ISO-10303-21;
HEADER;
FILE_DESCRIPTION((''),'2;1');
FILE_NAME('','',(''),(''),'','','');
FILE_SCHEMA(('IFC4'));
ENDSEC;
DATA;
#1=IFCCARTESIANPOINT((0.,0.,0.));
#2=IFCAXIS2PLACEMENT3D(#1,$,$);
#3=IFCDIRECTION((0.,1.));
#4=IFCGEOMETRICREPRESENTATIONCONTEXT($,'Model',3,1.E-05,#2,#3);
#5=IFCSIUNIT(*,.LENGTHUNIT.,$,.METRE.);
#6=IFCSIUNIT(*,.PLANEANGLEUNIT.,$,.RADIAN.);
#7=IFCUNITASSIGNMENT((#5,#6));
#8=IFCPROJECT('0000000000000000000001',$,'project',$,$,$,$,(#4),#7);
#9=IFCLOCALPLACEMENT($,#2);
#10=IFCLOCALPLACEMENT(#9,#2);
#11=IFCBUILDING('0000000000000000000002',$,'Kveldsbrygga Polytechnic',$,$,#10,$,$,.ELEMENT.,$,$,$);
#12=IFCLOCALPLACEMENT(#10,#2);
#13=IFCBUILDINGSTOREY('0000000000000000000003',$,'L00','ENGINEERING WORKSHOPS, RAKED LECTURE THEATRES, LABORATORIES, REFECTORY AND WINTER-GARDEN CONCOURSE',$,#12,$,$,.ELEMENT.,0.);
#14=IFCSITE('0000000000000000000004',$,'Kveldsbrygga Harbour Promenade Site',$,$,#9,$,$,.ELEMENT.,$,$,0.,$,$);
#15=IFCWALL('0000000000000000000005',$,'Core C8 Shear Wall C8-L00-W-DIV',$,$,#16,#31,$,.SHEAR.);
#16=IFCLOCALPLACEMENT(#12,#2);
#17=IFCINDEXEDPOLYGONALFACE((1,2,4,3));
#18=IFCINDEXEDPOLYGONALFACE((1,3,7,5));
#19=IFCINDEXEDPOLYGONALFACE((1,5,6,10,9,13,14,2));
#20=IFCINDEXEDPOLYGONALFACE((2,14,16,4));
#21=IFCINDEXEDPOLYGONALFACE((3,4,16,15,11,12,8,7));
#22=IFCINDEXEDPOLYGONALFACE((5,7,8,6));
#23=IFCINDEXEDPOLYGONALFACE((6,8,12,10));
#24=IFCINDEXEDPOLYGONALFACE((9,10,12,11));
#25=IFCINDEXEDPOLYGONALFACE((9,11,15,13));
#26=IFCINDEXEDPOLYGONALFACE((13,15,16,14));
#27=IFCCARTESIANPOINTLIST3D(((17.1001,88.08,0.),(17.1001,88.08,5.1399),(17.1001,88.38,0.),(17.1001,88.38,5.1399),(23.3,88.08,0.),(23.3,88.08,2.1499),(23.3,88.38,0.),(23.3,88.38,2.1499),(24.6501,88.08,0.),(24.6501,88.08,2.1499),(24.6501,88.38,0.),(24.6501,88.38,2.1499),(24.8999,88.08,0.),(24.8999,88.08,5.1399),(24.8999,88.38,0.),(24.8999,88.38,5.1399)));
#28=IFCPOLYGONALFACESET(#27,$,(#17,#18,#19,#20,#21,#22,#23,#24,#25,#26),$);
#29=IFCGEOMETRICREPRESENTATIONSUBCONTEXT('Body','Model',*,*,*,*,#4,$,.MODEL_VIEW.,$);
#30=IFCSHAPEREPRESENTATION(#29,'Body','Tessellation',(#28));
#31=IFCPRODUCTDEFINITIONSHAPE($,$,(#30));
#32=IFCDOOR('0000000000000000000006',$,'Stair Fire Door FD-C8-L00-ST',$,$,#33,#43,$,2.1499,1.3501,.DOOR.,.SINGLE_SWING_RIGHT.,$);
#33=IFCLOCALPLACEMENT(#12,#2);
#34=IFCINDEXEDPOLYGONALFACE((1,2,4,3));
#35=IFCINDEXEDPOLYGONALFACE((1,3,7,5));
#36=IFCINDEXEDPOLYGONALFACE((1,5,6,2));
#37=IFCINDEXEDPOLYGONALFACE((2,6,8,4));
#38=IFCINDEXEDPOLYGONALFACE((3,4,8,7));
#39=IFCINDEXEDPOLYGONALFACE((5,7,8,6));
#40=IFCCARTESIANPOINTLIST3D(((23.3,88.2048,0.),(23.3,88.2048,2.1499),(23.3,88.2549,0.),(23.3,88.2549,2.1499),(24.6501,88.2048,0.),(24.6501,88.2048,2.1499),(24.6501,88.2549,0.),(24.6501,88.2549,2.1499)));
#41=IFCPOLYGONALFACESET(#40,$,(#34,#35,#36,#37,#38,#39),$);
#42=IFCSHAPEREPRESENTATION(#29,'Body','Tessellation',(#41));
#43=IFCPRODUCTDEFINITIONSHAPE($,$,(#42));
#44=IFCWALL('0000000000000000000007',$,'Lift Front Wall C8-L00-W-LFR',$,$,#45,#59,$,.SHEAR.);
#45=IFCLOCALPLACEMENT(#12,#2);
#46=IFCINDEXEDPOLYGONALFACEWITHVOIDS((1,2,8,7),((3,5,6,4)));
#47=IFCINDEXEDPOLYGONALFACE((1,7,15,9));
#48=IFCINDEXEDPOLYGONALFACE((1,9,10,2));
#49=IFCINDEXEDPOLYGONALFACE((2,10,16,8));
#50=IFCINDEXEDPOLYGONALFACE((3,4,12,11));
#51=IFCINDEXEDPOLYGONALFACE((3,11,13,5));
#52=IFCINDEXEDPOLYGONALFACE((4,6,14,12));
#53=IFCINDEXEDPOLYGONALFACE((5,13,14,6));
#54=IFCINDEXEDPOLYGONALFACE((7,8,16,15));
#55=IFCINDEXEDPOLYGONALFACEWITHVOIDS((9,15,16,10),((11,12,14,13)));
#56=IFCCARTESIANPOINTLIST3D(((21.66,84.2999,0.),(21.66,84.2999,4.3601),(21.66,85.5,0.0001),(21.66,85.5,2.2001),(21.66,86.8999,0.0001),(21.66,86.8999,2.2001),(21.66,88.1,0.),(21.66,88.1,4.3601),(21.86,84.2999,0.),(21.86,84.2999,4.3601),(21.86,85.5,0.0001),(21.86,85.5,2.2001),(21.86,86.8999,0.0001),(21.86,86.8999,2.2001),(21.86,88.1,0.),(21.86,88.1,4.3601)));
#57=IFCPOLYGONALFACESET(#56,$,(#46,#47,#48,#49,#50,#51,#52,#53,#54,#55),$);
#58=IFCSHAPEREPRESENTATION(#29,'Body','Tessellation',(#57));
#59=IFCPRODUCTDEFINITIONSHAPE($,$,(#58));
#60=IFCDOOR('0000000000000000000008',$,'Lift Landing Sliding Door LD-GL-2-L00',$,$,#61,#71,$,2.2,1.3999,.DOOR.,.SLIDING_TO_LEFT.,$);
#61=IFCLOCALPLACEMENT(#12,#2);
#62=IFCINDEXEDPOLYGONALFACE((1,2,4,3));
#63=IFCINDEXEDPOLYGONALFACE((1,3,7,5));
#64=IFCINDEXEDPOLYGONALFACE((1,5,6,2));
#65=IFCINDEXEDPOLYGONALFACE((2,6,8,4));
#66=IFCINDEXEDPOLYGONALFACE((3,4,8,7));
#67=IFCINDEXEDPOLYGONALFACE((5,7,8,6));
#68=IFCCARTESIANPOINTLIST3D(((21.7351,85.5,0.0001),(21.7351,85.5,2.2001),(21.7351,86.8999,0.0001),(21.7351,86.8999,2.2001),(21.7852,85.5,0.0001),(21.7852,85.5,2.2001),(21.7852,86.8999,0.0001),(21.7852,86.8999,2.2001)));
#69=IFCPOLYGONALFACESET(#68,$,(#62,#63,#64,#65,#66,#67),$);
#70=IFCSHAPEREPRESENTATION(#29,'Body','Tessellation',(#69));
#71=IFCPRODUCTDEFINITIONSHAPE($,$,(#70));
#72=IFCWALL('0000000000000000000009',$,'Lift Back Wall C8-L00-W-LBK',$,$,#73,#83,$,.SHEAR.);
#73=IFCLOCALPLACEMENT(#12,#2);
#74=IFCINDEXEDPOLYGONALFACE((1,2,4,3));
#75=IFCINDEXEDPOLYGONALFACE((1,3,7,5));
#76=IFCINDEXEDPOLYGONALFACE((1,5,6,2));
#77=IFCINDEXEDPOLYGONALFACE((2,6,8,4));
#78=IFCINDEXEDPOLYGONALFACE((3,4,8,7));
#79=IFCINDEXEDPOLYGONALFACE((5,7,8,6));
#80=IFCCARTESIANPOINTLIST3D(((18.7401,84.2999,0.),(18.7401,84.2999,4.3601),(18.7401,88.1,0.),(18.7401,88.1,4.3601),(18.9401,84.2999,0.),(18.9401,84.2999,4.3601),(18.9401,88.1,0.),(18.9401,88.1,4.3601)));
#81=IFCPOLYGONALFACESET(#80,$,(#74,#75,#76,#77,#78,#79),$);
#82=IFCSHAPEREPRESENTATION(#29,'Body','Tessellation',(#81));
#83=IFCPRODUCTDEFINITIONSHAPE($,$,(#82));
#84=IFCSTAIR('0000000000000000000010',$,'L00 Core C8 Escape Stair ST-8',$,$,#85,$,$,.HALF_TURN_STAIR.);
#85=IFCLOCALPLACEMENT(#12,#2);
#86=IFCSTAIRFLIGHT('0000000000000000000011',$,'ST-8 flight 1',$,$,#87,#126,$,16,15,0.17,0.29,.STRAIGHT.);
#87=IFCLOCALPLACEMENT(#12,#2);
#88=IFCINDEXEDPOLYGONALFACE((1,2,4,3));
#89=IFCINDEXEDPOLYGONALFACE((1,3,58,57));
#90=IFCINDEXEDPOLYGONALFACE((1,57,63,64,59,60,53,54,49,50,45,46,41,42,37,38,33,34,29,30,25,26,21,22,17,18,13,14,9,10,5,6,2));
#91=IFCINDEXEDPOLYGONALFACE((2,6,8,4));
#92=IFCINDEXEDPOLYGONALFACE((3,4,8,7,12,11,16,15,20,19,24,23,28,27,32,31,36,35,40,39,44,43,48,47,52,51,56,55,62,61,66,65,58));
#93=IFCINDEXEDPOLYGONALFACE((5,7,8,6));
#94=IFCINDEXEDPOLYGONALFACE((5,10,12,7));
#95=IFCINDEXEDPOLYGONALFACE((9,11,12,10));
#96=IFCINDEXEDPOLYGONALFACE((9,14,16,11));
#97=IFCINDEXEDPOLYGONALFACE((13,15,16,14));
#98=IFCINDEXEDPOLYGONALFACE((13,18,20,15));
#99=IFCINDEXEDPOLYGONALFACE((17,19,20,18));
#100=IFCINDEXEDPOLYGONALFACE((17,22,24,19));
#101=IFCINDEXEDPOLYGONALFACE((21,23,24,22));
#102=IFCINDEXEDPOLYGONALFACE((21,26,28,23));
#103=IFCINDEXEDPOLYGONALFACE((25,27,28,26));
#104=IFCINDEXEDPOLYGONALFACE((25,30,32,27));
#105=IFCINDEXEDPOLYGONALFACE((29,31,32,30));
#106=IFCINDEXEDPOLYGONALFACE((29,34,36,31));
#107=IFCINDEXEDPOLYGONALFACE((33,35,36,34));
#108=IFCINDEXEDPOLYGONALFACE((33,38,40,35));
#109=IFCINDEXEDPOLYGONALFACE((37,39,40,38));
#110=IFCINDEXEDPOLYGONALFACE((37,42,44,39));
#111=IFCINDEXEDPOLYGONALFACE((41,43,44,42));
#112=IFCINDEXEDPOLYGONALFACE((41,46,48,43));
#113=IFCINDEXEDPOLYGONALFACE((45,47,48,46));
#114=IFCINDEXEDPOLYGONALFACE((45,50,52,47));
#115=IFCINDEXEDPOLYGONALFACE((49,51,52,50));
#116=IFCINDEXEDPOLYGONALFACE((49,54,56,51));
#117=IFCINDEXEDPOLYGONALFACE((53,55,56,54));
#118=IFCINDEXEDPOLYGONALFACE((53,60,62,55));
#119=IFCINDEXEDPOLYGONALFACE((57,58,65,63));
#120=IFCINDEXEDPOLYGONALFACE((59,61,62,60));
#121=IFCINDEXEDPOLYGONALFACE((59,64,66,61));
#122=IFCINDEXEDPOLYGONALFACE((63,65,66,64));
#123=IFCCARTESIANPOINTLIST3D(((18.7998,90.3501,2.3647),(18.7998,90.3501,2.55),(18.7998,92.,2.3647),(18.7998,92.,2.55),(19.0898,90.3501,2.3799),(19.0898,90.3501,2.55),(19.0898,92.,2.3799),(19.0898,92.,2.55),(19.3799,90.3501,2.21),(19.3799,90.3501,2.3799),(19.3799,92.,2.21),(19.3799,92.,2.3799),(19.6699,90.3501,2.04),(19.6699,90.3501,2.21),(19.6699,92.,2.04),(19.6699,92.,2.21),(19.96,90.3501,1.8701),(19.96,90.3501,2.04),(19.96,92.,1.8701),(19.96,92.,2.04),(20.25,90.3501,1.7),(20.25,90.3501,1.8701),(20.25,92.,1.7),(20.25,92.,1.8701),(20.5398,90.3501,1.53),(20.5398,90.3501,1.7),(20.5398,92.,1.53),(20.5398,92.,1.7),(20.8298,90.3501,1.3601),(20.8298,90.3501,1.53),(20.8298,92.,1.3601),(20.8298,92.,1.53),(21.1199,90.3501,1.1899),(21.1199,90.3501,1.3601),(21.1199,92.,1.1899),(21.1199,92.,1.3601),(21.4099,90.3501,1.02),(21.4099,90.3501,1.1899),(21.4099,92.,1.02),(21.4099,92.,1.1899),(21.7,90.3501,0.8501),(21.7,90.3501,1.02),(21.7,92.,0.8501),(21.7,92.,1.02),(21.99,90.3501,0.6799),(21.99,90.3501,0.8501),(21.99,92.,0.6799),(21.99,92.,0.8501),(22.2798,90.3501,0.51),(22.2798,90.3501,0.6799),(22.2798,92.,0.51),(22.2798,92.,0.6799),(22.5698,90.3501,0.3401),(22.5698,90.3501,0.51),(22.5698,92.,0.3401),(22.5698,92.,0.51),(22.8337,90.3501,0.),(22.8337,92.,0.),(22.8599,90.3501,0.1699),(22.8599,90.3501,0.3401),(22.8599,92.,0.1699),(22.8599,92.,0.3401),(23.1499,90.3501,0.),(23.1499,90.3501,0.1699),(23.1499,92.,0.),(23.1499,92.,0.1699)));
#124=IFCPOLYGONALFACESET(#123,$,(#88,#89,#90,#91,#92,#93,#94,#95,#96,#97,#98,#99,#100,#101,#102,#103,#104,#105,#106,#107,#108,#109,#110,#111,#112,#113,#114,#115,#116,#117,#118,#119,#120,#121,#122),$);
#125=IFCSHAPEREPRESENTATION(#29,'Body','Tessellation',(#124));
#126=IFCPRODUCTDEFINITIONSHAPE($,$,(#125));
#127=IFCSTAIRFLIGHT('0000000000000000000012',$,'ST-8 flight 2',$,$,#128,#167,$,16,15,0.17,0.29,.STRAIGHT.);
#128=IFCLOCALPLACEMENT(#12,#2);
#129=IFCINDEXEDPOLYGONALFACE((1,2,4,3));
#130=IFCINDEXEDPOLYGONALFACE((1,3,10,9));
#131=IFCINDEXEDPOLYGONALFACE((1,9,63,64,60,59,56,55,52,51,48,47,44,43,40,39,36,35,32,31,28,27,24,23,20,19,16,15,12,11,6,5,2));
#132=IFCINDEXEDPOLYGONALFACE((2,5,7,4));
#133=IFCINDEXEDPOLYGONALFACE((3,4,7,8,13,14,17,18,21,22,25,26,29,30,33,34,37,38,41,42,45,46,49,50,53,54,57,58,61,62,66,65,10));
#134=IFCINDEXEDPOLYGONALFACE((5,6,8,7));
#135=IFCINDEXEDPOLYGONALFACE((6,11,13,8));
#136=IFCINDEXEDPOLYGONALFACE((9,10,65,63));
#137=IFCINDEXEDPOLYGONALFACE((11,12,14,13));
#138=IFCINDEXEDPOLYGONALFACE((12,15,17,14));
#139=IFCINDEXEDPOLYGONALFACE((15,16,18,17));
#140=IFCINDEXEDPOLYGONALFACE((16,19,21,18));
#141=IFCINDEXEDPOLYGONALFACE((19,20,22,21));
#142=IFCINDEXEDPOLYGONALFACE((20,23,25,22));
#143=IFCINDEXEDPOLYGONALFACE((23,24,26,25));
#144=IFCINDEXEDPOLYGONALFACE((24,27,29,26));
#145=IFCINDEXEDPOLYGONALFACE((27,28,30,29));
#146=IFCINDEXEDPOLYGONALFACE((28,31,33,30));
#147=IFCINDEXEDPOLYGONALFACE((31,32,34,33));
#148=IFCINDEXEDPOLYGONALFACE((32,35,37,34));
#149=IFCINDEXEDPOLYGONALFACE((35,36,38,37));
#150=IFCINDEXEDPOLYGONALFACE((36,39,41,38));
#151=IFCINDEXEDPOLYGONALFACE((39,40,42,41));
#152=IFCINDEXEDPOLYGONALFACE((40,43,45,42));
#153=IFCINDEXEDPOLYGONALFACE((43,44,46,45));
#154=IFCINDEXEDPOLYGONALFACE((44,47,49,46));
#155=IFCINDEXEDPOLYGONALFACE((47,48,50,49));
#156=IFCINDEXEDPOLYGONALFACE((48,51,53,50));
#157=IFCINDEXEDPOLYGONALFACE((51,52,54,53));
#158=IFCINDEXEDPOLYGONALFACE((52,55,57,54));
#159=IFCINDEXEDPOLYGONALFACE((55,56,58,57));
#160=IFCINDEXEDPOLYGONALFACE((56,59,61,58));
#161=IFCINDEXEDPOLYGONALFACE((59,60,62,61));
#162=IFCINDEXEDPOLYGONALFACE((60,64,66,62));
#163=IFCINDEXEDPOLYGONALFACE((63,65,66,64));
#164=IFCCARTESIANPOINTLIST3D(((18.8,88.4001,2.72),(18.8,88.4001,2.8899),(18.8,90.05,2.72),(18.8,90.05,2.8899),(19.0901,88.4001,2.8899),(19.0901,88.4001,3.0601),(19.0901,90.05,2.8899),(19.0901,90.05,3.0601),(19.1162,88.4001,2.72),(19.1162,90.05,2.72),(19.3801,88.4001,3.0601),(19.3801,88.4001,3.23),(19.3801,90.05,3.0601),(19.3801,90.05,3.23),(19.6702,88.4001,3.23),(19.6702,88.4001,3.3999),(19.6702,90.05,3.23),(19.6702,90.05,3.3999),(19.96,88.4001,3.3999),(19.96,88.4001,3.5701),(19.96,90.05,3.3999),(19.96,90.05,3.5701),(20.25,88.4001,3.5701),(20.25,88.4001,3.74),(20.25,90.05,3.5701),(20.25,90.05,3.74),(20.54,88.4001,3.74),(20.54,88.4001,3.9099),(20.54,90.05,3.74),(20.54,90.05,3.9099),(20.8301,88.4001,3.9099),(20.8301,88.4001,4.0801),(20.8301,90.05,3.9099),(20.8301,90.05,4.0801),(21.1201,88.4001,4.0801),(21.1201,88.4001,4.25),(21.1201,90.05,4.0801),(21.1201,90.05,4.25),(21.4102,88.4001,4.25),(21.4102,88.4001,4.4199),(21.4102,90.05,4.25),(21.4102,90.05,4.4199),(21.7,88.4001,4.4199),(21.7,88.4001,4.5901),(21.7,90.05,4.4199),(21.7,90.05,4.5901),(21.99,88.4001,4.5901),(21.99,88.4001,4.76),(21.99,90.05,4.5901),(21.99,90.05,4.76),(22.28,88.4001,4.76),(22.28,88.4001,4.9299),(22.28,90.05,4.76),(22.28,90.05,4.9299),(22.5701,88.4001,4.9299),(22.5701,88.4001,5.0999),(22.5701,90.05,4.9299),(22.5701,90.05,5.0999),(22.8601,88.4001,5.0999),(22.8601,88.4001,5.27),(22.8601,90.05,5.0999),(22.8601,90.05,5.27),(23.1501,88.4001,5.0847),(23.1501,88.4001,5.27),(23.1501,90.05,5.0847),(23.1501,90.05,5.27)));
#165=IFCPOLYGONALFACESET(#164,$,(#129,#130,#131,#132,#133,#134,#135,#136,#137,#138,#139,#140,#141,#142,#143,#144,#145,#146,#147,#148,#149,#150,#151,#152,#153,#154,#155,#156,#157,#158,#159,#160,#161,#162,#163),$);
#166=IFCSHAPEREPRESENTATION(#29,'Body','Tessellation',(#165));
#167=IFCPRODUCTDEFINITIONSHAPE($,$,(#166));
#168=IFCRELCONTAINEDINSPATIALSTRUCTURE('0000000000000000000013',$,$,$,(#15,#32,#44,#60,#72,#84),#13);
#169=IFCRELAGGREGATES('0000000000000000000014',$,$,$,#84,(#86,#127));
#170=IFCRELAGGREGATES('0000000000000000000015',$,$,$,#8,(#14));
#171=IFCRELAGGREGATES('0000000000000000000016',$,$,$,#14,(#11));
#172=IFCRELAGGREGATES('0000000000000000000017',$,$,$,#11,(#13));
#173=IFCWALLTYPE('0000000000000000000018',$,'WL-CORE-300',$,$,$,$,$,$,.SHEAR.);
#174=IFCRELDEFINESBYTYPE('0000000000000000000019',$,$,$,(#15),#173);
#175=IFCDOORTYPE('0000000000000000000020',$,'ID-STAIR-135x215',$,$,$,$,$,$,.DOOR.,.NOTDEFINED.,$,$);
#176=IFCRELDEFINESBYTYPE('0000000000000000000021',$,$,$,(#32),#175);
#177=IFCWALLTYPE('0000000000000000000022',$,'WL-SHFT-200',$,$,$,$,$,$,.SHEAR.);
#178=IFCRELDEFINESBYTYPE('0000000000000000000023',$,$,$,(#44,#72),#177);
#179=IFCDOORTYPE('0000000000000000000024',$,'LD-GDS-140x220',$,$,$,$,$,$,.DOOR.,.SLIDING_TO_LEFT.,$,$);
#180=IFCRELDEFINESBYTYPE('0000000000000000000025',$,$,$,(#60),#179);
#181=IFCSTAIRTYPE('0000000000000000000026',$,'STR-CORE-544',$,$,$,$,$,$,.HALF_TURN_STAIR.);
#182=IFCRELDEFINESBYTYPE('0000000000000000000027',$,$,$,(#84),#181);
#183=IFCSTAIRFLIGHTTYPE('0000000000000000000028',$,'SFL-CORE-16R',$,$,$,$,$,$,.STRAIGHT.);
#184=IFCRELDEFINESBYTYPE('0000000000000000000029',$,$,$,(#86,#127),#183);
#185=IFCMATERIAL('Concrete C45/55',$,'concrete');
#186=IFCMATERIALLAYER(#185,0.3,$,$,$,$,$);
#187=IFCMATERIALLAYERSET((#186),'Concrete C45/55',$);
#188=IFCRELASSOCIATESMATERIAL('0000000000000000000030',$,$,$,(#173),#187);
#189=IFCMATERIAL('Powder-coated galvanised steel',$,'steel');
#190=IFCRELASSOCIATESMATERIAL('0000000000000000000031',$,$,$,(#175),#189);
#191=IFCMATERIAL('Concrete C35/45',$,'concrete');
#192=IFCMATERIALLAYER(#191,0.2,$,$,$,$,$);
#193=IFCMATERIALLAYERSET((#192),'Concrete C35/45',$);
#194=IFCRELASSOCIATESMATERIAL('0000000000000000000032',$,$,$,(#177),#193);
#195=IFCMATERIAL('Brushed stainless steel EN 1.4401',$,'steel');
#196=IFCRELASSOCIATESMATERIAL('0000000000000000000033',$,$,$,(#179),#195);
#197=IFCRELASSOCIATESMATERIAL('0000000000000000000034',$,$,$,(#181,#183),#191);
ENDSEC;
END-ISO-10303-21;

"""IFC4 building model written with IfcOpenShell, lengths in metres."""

from ifc_helpers import new_model, si_unit, direction, frame, frame_2d, origin, place, context, subcontext, project, spatial, polyline, rectangle, outline, extrude, material, layer, layer_set, type_object, element, fill, aggregate, save


model = new_model("IFC4")

# Units and contexts
model_context = context("Model", 3, precision=1e-05, world=origin(), true_north=direction((0.0, 1.0)))
body_context = subcontext(model_context, "Body", "Model", "MODEL_VIEW")
ifc_project = project(units=[si_unit("LENGTHUNIT", "METRE"), si_unit("PLANEANGLEUNIT", "RADIAN")], contexts=[model_context])

# Site, building, storey
site_placement = place(None, origin())
site = spatial("IfcSite", under=ifc_project, at=site_placement, Name="Kveldsbrygga Harbour Promenade Site", CompositionType="ELEMENT", RefElevation=0.0)
building_placement = place(site_placement, origin())
building = spatial("IfcBuilding", under=site, at=building_placement, Name="Kveldsbrygga Polytechnic", CompositionType="ELEMENT")
storey_placement = place(building_placement, origin())
storey = spatial("IfcBuildingStorey", under=building, at=storey_placement, Name="L00", Description="ENGINEERING WORKSHOPS, RAKED LECTURE THEATRES, LABORATORIES, REFECTORY AND WINTER-GARDEN CONCOURSE", CompositionType="ELEMENT", Elevation=0.0)

# Shared definitions
ifc_material_1 = material(Name="Concrete C45/55", Category="concrete")

# Shared definitions
ifc_material_2 = material(Name="Concrete C35/45", Category="concrete")

# Shared definitions
ifc_layer_1 = layer(ifc_material_1, 0.3)
ifc_layer_set_1 = layer_set([ifc_layer_1], Name="Concrete C45/55")
wall_type_1 = type_object("IfcWallType", Name="WL-CORE-300", PredefinedType="SHEAR", material=ifc_layer_set_1)

# Walls, openings, doors
wall_1_placement = place(storey_placement, frame((17.1001, 88.23, 0.0), z_axis=(0.0, 0.0, 1.0), x_axis=(1.0, 0.0, 0.0)))
wall_1 = element("IfcWall", 1, at=wall_1_placement, inside=storey, type_object=wall_type_1, Name="Core C8 Shear Wall C8-L00-W-DIV", PredefinedType="SHEAR", context=body_context, shape_type="SweptSolid", body=[
    extrude(rectangle(XDim=7.7998, YDim=0.3, at=frame_2d((3.8999, 0.0))), origin(), (0.0, 0.0, 1.0), 5.1399),
])
opening_1_placement = place(wall_1_placement, frame((6.2, 0.0, 0.0)))
opening_1 = element("IfcOpeningElement", 2, at=opening_1_placement, cuts=wall_1, PredefinedType="OPENING", context=body_context, shape_type="SweptSolid", body=[
    extrude(rectangle(XDim=1.3501, YDim=2.1499, at=frame_2d((0.675, 1.075))), frame((0.0, 0.1602, 0.0), z_axis=(0.0, -1.0, 0.0), x_axis=(1.0, 0.0, 0.0)), (0.0, 0.0, 1.0), 0.3201),
])
ifc_material_3 = material(Name="Powder-coated galvanised steel", Category="steel")
door_type_1 = type_object("IfcDoorType", Name="ID-STAIR-135x215", OperationType="NOTDEFINED", PredefinedType="DOOR", material=ifc_material_3)
door_1_placement = place(opening_1_placement, origin())
door_1 = element("IfcDoor", 3, at=door_1_placement, inside=storey, type_object=door_type_1, Name="Stair Fire Door FD-C8-L00-ST", OperationType="SINGLE_SWING_RIGHT", OverallHeight=2.1499, OverallWidth=1.3501, PredefinedType="DOOR", context=body_context, shape_type="SweptSolid", body=[
    extrude(rectangle(XDim=1.3501, YDim=2.1499, at=frame_2d((0.675, 1.075))), frame((0.0, 0.0249, 0.0), z_axis=(0.0, -1.0, 0.0), x_axis=(1.0, 0.0, 0.0)), (0.0, 0.0, 1.0), 0.05),
])
fill(opening_1, door_1)
ifc_layer_2 = layer(ifc_material_2, 0.2)
ifc_layer_set_2 = layer_set([ifc_layer_2], Name="Concrete C35/45")
wall_type_2 = type_object("IfcWallType", Name="WL-SHFT-200", PredefinedType="SHEAR", material=ifc_layer_set_2)
wall_2_placement = place(storey_placement, frame((21.76, 84.3, 0.0), z_axis=(0.0, 0.0, 1.0), x_axis=(0.0, 1.0, 0.0)))
wall_2 = element("IfcWall", 4, at=wall_2_placement, inside=storey, type_object=wall_type_2, Name="Lift Front Wall C8-L00-W-LFR", PredefinedType="SHEAR", context=body_context, shape_type="SweptSolid", body=[
    extrude(rectangle(XDim=3.8, YDim=0.2, at=frame_2d((1.8999, 0.0))), origin(), (0.0, 0.0, 1.0), 4.3601),
])
opening_2_placement = place(wall_2_placement, frame((1.2, 0.0, 0.0)))
opening_2 = element("IfcOpeningElement", 5, at=opening_2_placement, cuts=wall_2, PredefinedType="OPENING", context=body_context, shape_type="SweptSolid", body=[
    extrude(rectangle(XDim=1.3999, YDim=2.2, at=frame_2d((0.7, 1.1001))), frame((0.0, 0.1099, 0.0), z_axis=(0.0, -1.0, 0.0), x_axis=(1.0, 0.0, 0.0)), (0.0, 0.0, 1.0), 0.22),
])
ifc_material_4 = material(Name="Brushed stainless steel EN 1.4401", Category="steel")
door_type_2 = type_object("IfcDoorType", Name="LD-GDS-140x220", OperationType="SLIDING_TO_LEFT", PredefinedType="DOOR", material=ifc_material_4)
door_2_placement = place(opening_2_placement, origin())
door_2 = element("IfcDoor", 6, at=door_2_placement, inside=storey, type_object=door_type_2, Name="Lift Landing Sliding Door LD-GL-2-L00", OperationType="SLIDING_TO_LEFT", OverallHeight=2.2, OverallWidth=1.3999, PredefinedType="DOOR", context=body_context, shape_type="SweptSolid", body=[
    extrude(rectangle(XDim=1.3999, YDim=2.2, at=frame_2d((0.7, 1.1001))), frame((0.0, 0.0249, 0.0), z_axis=(0.0, -1.0, 0.0), x_axis=(1.0, 0.0, 0.0)), (0.0, 0.0, 1.0), 0.05),
])
fill(opening_2, door_2)

# Wall
wall_3_placement = place(storey_placement, frame((18.8401, 84.3, 0.0), z_axis=(0.0, 0.0, 1.0), x_axis=(0.0, 1.0, 0.0)))
element("IfcWall", 7, at=wall_3_placement, inside=storey, type_object=wall_type_2, Name="Lift Back Wall C8-L00-W-LBK", PredefinedType="SHEAR", context=body_context, shape_type="SweptSolid", body=[
    extrude(rectangle(XDim=3.8, YDim=0.2, at=frame_2d((1.8999, 0.0))), origin(), (0.0, 0.0, 1.0), 4.3601),
])

# Stair, stair flights
stair_type = type_object("IfcStairType", Name="STR-CORE-544", PredefinedType="HALF_TURN_STAIR", material=ifc_material_2)
stair_placement = place(storey_placement, origin())
stair = element("IfcStair", 8, at=stair_placement, inside=storey, type_object=stair_type, Name="L00 Core C8 Escape Stair ST-8", PredefinedType="HALF_TURN_STAIR")
stair_flight_type = type_object("IfcStairFlightType", Name="SFL-CORE-16R", PredefinedType="STRAIGHT", material=ifc_material_2)
stair_flight_1_placement = place(storey_placement, frame((23.1499, 91.175, 0.0), z_axis=(0.0, 0.0, 1.0), x_axis=(-1.0, 0.0, 0.0)))
stair_flight_1 = element("IfcStairFlight", 9, at=stair_flight_1_placement, type_object=stair_flight_type, Name="ST-8 flight 1", NumberOfRisers=16, NumberOfTreads=15, PredefinedType="STRAIGHT", RiserHeight=0.17, TreadLength=0.29, context=body_context, shape_type="SweptSolid", body=[
    extrude(outline(polyline([(0.0, 0.0), (0.0, 0.1699), (0.29, 0.1699), (0.29, 0.3401), (0.5801, 0.3401), (0.5801, 0.51), (0.8701, 0.51), (0.8701, 0.6799), (1.1599, 0.6799), (1.1599, 0.8501), (1.45, 0.8501), (1.45, 1.02), (1.74, 1.02), (1.74, 1.1899), (2.03, 1.1899), (2.03, 1.3601), (2.3201, 1.3601), (2.3201, 1.53), (2.6101, 1.53), (2.6101, 1.7), (2.8999, 1.7), (2.8999, 1.8701), (3.1899, 1.8701), (3.1899, 2.04), (3.48, 2.04), (3.48, 2.21), (3.77, 2.21), (3.77, 2.3799), (4.0601, 2.3799), (4.0601, 2.55), (4.3501, 2.55), (4.3501, 2.72), (4.3501, 2.3647), (0.3162, 0.0), (0.0, 0.0)])), frame((0.0, 0.825, 0.0), z_axis=(0.0, -1.0, 0.0), x_axis=(1.0, 0.0, 0.0)), (0.0, 0.0, 1.0), 1.6499),
])
stair_flight_2_placement = place(storey_placement, frame((18.8, 89.2251, 2.72), z_axis=(0.0, 0.0, 1.0), x_axis=(1.0, 0.0, 0.0)))
stair_flight_2 = element("IfcStairFlight", 10, at=stair_flight_2_placement, type_object=stair_flight_type, Name="ST-8 flight 2", NumberOfRisers=16, NumberOfTreads=15, PredefinedType="STRAIGHT", RiserHeight=0.17, TreadLength=0.29, context=body_context, shape_type="SweptSolid", body=[
    extrude(outline(polyline([(0.0, 0.0), (0.0, 0.1699), (0.29, 0.1699), (0.29, 0.3401), (0.5801, 0.3401), (0.5801, 0.51), (0.8701, 0.51), (0.8701, 0.6799), (1.1599, 0.6799), (1.1599, 0.8501), (1.45, 0.8501), (1.45, 1.02), (1.74, 1.02), (1.74, 1.1899), (2.03, 1.1899), (2.03, 1.3601), (2.3201, 1.3601), (2.3201, 1.53), (2.6101, 1.53), (2.6101, 1.7), (2.8999, 1.7), (2.8999, 1.8701), (3.1899, 1.8701), (3.1899, 2.04), (3.48, 2.04), (3.48, 2.21), (3.77, 2.21), (3.77, 2.3799), (4.0601, 2.3799), (4.0601, 2.55), (4.3501, 2.55), (4.3501, 2.72), (4.3501, 2.3647), (0.3162, 0.0), (0.0, 0.0)])), frame((0.0, 0.825, 0.0), z_axis=(0.0, -1.0, 0.0), x_axis=(1.0, 0.0, 0.0)), (0.0, 0.0, 1.0), 1.6499),
])
aggregate(stair, [stair_flight_1, stair_flight_2])

save(model, "model.ifc")
